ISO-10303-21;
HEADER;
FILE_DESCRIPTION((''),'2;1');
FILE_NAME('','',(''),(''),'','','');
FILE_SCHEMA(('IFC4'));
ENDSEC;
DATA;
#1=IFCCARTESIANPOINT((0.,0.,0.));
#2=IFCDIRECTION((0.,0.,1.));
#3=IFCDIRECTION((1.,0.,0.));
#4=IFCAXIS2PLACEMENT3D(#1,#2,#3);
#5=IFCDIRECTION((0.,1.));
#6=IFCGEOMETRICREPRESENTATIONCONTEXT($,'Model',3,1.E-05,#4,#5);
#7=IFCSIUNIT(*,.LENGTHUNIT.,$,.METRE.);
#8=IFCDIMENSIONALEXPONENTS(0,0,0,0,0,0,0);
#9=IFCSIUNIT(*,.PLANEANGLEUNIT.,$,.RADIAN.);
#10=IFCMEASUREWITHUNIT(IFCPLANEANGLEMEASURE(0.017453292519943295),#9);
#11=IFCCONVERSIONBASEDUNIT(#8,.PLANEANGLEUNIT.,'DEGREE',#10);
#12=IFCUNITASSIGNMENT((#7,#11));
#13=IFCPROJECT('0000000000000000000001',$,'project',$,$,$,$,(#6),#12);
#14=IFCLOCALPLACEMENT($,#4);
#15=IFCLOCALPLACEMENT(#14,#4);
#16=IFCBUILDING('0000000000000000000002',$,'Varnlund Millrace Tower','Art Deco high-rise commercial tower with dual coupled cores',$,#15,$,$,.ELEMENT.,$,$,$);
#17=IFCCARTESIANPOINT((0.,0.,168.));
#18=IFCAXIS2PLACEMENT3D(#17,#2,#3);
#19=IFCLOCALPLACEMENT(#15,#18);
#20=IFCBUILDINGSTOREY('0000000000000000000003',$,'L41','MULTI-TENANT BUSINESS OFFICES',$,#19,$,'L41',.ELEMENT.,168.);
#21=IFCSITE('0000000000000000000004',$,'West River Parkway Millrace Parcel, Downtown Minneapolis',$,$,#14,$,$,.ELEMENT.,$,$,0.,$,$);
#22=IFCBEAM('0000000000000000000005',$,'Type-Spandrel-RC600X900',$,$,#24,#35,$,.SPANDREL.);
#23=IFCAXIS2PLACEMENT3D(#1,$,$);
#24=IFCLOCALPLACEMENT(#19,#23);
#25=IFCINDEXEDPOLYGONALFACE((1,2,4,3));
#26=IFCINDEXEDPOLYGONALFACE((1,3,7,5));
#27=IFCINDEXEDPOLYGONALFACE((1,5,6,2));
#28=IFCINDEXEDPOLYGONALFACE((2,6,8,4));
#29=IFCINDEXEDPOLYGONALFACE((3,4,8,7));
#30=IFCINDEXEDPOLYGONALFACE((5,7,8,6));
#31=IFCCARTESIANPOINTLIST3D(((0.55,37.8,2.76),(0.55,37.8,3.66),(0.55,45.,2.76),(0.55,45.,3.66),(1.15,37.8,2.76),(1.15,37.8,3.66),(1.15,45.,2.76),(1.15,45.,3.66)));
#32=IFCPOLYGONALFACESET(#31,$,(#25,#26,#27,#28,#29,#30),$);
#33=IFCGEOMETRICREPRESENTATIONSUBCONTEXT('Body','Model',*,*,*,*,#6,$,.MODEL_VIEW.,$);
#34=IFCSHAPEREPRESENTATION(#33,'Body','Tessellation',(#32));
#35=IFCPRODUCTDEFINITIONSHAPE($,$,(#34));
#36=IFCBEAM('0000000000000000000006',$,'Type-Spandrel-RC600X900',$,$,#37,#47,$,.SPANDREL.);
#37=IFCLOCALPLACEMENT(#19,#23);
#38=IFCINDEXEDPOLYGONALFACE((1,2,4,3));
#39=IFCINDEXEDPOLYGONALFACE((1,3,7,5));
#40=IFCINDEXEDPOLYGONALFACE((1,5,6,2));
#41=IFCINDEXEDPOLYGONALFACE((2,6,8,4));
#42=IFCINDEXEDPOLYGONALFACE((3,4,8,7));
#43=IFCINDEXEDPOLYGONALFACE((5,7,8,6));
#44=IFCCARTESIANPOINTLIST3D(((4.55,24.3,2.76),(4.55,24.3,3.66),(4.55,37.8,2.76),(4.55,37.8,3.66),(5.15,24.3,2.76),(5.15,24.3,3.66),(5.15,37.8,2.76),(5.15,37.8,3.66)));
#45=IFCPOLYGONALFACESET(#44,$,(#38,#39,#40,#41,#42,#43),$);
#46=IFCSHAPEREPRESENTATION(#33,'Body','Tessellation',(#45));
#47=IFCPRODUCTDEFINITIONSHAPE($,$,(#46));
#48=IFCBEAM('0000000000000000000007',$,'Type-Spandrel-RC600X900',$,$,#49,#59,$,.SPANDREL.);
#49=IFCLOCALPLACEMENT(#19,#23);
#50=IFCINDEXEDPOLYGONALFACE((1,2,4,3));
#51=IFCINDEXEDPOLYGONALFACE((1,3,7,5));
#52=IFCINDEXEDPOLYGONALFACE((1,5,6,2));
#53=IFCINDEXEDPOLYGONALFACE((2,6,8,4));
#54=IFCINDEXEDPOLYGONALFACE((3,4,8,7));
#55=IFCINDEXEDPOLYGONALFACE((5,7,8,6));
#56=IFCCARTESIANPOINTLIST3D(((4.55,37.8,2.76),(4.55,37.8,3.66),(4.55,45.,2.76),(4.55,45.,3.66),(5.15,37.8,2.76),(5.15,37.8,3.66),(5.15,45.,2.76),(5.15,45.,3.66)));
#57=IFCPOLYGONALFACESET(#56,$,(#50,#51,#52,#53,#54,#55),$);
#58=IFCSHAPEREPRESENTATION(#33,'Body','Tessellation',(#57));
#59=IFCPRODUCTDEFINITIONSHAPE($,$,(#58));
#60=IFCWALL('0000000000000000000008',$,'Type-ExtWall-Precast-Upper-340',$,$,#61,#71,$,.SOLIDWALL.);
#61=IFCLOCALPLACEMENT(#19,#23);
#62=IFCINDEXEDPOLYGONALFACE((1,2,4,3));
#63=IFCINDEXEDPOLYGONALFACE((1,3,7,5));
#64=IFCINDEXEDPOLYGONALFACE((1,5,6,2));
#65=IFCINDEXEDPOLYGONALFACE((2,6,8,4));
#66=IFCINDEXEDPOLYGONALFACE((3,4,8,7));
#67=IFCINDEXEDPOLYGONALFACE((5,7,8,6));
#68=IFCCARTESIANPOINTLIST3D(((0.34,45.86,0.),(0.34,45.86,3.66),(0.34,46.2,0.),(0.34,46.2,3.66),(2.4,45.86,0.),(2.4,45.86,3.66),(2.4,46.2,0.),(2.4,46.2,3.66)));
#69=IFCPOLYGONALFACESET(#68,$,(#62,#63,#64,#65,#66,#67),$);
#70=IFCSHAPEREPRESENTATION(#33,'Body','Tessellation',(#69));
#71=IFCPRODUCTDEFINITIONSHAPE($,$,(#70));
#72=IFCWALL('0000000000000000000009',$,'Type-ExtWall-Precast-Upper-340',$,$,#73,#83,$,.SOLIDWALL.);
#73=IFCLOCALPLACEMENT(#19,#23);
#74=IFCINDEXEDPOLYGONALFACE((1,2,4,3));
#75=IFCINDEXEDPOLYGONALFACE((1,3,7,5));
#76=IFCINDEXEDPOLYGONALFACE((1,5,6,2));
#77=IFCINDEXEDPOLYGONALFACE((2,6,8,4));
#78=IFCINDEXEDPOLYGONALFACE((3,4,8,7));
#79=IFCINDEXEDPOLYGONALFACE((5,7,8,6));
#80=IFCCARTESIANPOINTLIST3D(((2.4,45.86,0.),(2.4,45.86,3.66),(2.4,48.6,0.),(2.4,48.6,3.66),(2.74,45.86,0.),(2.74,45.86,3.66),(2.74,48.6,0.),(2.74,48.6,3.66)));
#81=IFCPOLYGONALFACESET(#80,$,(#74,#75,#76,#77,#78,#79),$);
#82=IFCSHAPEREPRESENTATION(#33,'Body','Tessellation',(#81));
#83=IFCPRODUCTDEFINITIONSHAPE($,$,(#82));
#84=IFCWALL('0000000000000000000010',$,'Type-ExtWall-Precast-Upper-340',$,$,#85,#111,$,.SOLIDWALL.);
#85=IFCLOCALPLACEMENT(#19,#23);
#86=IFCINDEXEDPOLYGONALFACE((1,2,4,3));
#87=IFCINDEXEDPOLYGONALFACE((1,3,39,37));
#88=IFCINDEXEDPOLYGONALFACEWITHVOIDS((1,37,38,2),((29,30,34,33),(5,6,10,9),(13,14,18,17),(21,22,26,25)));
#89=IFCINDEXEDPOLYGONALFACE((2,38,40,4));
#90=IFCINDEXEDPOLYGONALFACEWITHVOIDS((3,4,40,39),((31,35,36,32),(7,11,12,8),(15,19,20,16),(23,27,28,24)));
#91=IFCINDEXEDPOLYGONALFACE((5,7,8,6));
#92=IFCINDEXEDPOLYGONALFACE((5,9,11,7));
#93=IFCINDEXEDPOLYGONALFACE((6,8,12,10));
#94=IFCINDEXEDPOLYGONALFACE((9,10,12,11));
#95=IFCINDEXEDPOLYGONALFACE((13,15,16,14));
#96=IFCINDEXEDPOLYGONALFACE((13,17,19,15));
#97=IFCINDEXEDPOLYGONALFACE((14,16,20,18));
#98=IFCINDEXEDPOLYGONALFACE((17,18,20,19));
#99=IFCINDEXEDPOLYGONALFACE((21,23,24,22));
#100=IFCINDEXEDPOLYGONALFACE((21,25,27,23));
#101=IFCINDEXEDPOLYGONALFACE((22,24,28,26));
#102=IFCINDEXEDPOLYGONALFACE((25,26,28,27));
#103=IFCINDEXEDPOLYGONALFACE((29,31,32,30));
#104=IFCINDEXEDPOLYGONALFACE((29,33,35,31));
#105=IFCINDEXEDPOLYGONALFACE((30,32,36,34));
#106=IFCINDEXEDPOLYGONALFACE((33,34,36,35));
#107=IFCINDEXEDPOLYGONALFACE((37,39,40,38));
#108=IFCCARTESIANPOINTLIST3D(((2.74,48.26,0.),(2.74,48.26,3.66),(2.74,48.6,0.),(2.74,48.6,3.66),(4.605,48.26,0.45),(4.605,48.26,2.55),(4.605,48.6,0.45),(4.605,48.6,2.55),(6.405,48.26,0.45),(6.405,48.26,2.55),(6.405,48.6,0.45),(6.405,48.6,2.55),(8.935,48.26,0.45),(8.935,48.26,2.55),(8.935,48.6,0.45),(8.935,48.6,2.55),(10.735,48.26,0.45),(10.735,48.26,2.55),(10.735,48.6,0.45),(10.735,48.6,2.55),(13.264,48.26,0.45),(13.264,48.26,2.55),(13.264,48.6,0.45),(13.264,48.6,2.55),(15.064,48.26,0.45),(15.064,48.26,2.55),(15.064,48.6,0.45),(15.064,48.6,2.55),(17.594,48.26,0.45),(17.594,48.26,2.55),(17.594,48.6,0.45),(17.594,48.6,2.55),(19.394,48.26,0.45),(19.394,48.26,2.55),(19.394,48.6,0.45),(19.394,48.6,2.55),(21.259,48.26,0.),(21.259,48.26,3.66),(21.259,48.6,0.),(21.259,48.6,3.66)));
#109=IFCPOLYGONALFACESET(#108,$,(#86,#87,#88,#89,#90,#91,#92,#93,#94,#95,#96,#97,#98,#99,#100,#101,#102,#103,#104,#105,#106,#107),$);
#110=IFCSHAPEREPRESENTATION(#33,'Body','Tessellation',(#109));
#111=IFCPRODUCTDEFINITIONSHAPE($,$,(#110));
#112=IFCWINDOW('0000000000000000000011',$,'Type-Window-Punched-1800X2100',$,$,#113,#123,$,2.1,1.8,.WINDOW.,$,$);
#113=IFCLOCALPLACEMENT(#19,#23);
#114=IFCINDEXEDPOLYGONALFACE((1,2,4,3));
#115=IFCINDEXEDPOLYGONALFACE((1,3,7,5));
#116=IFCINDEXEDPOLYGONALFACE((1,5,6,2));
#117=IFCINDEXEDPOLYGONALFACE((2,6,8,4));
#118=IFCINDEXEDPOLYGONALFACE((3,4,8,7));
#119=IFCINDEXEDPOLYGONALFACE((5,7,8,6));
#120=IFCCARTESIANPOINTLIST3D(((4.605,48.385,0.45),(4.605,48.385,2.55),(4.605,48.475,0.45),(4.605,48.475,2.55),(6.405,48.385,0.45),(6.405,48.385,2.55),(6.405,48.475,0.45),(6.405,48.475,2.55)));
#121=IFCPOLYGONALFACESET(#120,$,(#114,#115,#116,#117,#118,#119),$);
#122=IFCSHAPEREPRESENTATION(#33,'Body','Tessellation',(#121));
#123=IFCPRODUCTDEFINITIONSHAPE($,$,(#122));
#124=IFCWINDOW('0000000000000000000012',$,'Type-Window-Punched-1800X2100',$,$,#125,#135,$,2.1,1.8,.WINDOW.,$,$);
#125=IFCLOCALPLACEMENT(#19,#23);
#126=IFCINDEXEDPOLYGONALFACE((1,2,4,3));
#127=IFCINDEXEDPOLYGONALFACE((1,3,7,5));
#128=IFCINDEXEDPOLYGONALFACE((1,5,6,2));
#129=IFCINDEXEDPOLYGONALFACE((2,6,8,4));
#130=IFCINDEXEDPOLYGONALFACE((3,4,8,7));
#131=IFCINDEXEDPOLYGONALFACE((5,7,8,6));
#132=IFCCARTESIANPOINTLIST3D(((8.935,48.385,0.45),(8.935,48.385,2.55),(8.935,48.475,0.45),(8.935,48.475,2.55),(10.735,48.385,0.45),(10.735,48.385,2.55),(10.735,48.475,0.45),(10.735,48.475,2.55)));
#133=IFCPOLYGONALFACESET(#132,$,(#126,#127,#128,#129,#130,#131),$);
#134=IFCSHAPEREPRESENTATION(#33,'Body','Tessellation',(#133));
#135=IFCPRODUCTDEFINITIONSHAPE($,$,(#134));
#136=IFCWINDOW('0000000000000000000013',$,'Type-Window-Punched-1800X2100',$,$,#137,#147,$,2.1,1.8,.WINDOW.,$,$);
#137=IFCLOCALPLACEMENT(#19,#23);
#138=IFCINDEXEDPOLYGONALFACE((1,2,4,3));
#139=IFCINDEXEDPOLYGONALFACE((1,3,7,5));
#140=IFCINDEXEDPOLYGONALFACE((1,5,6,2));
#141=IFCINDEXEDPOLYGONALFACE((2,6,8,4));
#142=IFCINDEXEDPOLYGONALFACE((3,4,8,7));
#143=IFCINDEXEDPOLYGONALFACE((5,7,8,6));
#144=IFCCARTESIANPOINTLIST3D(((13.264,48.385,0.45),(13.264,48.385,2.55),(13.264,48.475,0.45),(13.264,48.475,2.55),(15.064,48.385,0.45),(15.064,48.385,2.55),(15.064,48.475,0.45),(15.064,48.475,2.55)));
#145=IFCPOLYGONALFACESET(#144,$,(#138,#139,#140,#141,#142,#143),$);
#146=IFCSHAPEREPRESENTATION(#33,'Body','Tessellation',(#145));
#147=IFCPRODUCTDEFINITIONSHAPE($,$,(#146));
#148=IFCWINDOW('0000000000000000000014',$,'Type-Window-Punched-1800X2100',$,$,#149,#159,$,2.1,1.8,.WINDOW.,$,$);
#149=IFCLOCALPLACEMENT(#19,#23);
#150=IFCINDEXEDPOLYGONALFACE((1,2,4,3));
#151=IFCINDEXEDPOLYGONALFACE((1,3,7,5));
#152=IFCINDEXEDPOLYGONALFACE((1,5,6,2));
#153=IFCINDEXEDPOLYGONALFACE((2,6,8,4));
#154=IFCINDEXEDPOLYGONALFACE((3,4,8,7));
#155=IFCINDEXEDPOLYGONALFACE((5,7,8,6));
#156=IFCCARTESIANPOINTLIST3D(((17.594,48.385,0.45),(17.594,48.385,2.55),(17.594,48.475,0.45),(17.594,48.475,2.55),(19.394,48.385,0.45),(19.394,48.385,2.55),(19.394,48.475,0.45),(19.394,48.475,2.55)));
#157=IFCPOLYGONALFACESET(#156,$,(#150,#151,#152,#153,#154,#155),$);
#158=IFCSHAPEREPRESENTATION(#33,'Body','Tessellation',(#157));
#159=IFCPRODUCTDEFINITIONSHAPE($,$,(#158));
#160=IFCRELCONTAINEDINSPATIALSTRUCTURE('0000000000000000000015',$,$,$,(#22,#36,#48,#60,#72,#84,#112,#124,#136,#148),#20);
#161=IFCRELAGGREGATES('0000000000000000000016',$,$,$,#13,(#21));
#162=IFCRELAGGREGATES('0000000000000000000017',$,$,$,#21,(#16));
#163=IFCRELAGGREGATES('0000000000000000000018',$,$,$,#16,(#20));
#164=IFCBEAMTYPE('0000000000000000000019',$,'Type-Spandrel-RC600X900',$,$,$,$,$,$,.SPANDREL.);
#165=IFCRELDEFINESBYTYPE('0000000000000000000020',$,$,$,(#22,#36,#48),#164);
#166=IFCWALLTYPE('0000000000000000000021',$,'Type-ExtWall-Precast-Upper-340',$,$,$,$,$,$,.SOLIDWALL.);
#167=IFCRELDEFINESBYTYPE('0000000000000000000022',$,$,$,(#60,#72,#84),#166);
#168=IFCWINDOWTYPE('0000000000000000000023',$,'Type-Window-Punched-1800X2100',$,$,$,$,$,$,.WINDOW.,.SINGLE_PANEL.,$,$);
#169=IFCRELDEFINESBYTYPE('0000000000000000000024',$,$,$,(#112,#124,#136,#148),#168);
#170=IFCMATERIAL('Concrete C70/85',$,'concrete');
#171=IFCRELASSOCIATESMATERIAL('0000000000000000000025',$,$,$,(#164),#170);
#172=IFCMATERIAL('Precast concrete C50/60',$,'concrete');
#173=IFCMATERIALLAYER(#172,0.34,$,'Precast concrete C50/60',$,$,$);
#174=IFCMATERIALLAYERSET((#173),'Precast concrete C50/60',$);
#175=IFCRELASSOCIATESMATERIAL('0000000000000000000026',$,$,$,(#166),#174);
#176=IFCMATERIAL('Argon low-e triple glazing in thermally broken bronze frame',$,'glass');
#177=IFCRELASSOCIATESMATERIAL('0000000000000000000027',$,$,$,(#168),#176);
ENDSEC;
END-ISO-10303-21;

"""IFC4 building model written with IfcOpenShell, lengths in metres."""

from ifc_helpers import new_model, entity, si_unit, converted_unit, direction, frame, origin_with_axes, origin_2d_with_axis, place, context, subcontext, project, spatial, polyline, rectangle, outline, extrude, material, layer, layer_set, material_profile, profile_set, type_object, element, fill, save


model = new_model("IFC4")

# Units and contexts
model_context = context("Model", 3, precision=1e-05, world=origin_with_axes(), true_north=direction((0.0, 1.0)))
body_context = subcontext(model_context, "Body", "Model", "MODEL_VIEW")
ifc_project = project(units=[si_unit("LENGTHUNIT", "METRE"), converted_unit("PLANEANGLEUNIT", "DEGREE", entity("IfcPlaneAngleMeasure", 0.017453292519943295), si_unit("PLANEANGLEUNIT", "RADIAN"), dimensions=[0, 0, 0, 0, 0, 0, 0])], contexts=[model_context])

# Site, building, storey
site_placement = place(None, origin_with_axes())
site = spatial("IfcSite", under=ifc_project, at=site_placement, Name="West River Parkway Millrace Parcel, Downtown Minneapolis", CompositionType="ELEMENT", RefElevation=0.0)
building_placement = place(site_placement, origin_with_axes())
building = spatial("IfcBuilding", under=site, at=building_placement, Name="Varnlund Millrace Tower", Description="Art Deco high-rise commercial tower with dual coupled cores", CompositionType="ELEMENT")
storey_placement = place(building_placement, frame((0.0, 0.0, 168.0), z_axis=(0.0, 0.0, 1.0), x_axis=(1.0, 0.0, 0.0)))
storey = spatial("IfcBuildingStorey", under=building, at=storey_placement, Name="L41", Description="MULTI-TENANT BUSINESS OFFICES", LongName="L41", CompositionType="ELEMENT", Elevation=168.0)

# Beams
ifc_material_1 = material(Name="Concrete C70/85", Category="concrete")
ifc_material_profile_1 = material_profile(ifc_material_1, rectangle(XDim=0.6, YDim=0.9, at=origin_2d_with_axis()), Name="Concrete C70/85")
ifc_profile_set_1 = profile_set([ifc_material_profile_1], Name="Concrete C70/85")
beam_type_1 = type_object("IfcBeamType", Name="Type-Spandrel-RC600X900", PredefinedType="SPANDREL", material=ifc_profile_set_1)
beam_1_placement = place(storey_placement, frame((0.85, 37.8, 3.21), z_axis=(0.0, 1.0, 0.0), x_axis=(-1.0, 0.0, 0.0)))
element("IfcBeam", 1, at=beam_1_placement, inside=storey, type_object=beam_type_1, Name="Type-Spandrel-RC600X900", PredefinedType="SPANDREL", context=body_context, shape_type="SweptSolid", body=[
    extrude(rectangle(XDim=0.6, YDim=0.9, at=origin_2d_with_axis()), origin_with_axes(), (0.0, 0.0, 1.0), 7.2),
])
beam_2_placement = place(storey_placement, frame((4.85, 24.3, 3.21), z_axis=(0.0, 1.0, 0.0), x_axis=(-1.0, 0.0, 0.0)))
element("IfcBeam", 2, at=beam_2_placement, inside=storey, type_object=beam_type_1, Name="Type-Spandrel-RC600X900", PredefinedType="SPANDREL", context=body_context, shape_type="SweptSolid", body=[
    extrude(rectangle(XDim=0.6, YDim=0.9, at=origin_2d_with_axis()), origin_with_axes(), (0.0, 0.0, 1.0), 13.5),
])
beam_3_placement = place(storey_placement, frame((4.85, 37.8, 3.21), z_axis=(0.0, 1.0, 0.0), x_axis=(-1.0, 0.0, 0.0)))
element("IfcBeam", 3, at=beam_3_placement, inside=storey, type_object=beam_type_1, Name="Type-Spandrel-RC600X900", PredefinedType="SPANDREL", context=body_context, shape_type="SweptSolid", body=[
    extrude(rectangle(XDim=0.6, YDim=0.9, at=origin_2d_with_axis()), origin_with_axes(), (0.0, 0.0, 1.0), 7.2),
])

# Walls
ifc_material_2 = material(Name="Precast concrete C50/60", Category="concrete")
ifc_layer = layer(ifc_material_2, 0.34, Name="Precast concrete C50/60")
ifc_layer_set = layer_set([ifc_layer], Name="Precast concrete C50/60")
wall_type = type_object("IfcWallType", Name="Type-ExtWall-Precast-Upper-340", PredefinedType="SOLIDWALL", material=ifc_layer_set)
wall_1_placement = place(storey_placement, frame((0.34, 46.03, 0.0), z_axis=(0.0, 0.0, 1.0), x_axis=(1.0, 0.0, 0.0)))
element("IfcWall", 4, at=wall_1_placement, inside=storey, type_object=wall_type, Name="Type-ExtWall-Precast-Upper-340", PredefinedType="SOLIDWALL", context=body_context, shape_type="SweptSolid", body=[
    extrude(outline(polyline([(0.0, -0.17), (2.06, -0.17), (2.06, 0.17), (0.0, 0.17), (0.0, -0.17)])), origin_with_axes(), (0.0, 0.0, 1.0), 3.66),
])
wall_2_placement = place(storey_placement, frame((2.57, 45.86, 0.0), z_axis=(0.0, 0.0, 1.0), x_axis=(0.0, 1.0, 0.0)))
element("IfcWall", 5, at=wall_2_placement, inside=storey, type_object=wall_type, Name="Type-ExtWall-Precast-Upper-340", PredefinedType="SOLIDWALL", context=body_context, shape_type="SweptSolid", body=[
    extrude(outline(polyline([(0.0, -0.17), (2.74, -0.17), (2.74, 0.17), (0.0, 0.17), (0.0, -0.17)])), origin_with_axes(), (0.0, 0.0, 1.0), 3.66),
])

# Wall, openings, windows
wall_3_placement = place(storey_placement, frame((2.74, 48.43, 0.0), z_axis=(0.0, 0.0, 1.0), x_axis=(1.0, 0.0, 0.0)))
wall_3 = element("IfcWall", 6, at=wall_3_placement, inside=storey, type_object=wall_type, Name="Type-ExtWall-Precast-Upper-340", PredefinedType="SOLIDWALL", context=body_context, shape_type="SweptSolid", body=[
    extrude(outline(polyline([(0.0, -0.17), (18.519, -0.17), (18.519, 0.17), (0.0, 0.17), (0.0, -0.17)])), origin_with_axes(), (0.0, 0.0, 1.0), 3.66),
])
opening_1_placement = place(wall_3_placement, frame((2.765, 0.0, 0.45), z_axis=(0.0, 0.0, 1.0), x_axis=(1.0, 0.0, 0.0)))
opening_1 = element("IfcOpeningElement", 7, at=opening_1_placement, cuts=wall_3, PredefinedType="OPENING", context=body_context, shape_type="SweptSolid", body=[
    extrude(rectangle(XDim=1.8, YDim=0.36, at=origin_2d_with_axis()), origin_with_axes(), (0.0, 0.0, 1.0), 2.1),
])
opening_2_placement = place(wall_3_placement, frame((7.095, 0.0, 0.45), z_axis=(0.0, 0.0, 1.0), x_axis=(1.0, 0.0, 0.0)))
opening_2 = element("IfcOpeningElement", 8, at=opening_2_placement, cuts=wall_3, PredefinedType="OPENING", context=body_context, shape_type="SweptSolid", body=[
    extrude(rectangle(XDim=1.8, YDim=0.36, at=origin_2d_with_axis()), origin_with_axes(), (0.0, 0.0, 1.0), 2.1),
])
opening_3_placement = place(wall_3_placement, frame((11.424, 0.0, 0.45), z_axis=(0.0, 0.0, 1.0), x_axis=(1.0, 0.0, 0.0)))
opening_3 = element("IfcOpeningElement", 9, at=opening_3_placement, cuts=wall_3, PredefinedType="OPENING", context=body_context, shape_type="SweptSolid", body=[
    extrude(rectangle(XDim=1.8, YDim=0.36, at=origin_2d_with_axis()), origin_with_axes(), (0.0, 0.0, 1.0), 2.1),
])
opening_4_placement = place(wall_3_placement, frame((15.754, 0.0, 0.45), z_axis=(0.0, 0.0, 1.0), x_axis=(1.0, 0.0, 0.0)))
opening_4 = element("IfcOpeningElement", 10, at=opening_4_placement, cuts=wall_3, PredefinedType="OPENING", context=body_context, shape_type="SweptSolid", body=[
    extrude(rectangle(XDim=1.8, YDim=0.36, at=origin_2d_with_axis()), origin_with_axes(), (0.0, 0.0, 1.0), 2.1),
])
ifc_material_3 = material(Name="Argon low-e triple glazing in thermally broken bronze frame", Category="glass")
window_type = type_object("IfcWindowType", Name="Type-Window-Punched-1800X2100", PartitioningType="SINGLE_PANEL", PredefinedType="WINDOW", material=ifc_material_3)
window_1_placement = place(wall_3_placement, frame((2.765, 0.0, 0.45), z_axis=(0.0, 0.0, 1.0), x_axis=(1.0, 0.0, 0.0)))
window_1 = element("IfcWindow", 11, at=window_1_placement, inside=storey, type_object=window_type, Name="Type-Window-Punched-1800X2100", OverallHeight=2.1, OverallWidth=1.8, PredefinedType="WINDOW", context=body_context, shape_type="SweptSolid", body=[
    extrude(rectangle(XDim=1.8, YDim=0.09, at=origin_2d_with_axis()), origin_with_axes(), (0.0, 0.0, 1.0), 2.1),
])
fill(opening_1, window_1)
window_2_placement = place(wall_3_placement, frame((7.095, 0.0, 0.45), z_axis=(0.0, 0.0, 1.0), x_axis=(1.0, 0.0, 0.0)))
window_2 = element("IfcWindow", 12, at=window_2_placement, inside=storey, type_object=window_type, Name="Type-Window-Punched-1800X2100", OverallHeight=2.1, OverallWidth=1.8, PredefinedType="WINDOW", context=body_context, shape_type="SweptSolid", body=[
    extrude(rectangle(XDim=1.8, YDim=0.09, at=origin_2d_with_axis()), origin_with_axes(), (0.0, 0.0, 1.0), 2.1),
])
fill(opening_2, window_2)
window_3_placement = place(wall_3_placement, frame((11.424, 0.0, 0.45), z_axis=(0.0, 0.0, 1.0), x_axis=(1.0, 0.0, 0.0)))
window_3 = element("IfcWindow", 13, at=window_3_placement, inside=storey, type_object=window_type, Name="Type-Window-Punched-1800X2100", OverallHeight=2.1, OverallWidth=1.8, PredefinedType="WINDOW", context=body_context, shape_type="SweptSolid", body=[
    extrude(rectangle(XDim=1.8, YDim=0.09, at=origin_2d_with_axis()), origin_with_axes(), (0.0, 0.0, 1.0), 2.1),
])
fill(opening_3, window_3)
window_4_placement = place(wall_3_placement, frame((15.754, 0.0, 0.45), z_axis=(0.0, 0.0, 1.0), x_axis=(1.0, 0.0, 0.0)))
window_4 = element("IfcWindow", 14, at=window_4_placement, inside=storey, type_object=window_type, Name="Type-Window-Punched-1800X2100", OverallHeight=2.1, OverallWidth=1.8, PredefinedType="WINDOW", context=body_context, shape_type="SweptSolid", body=[
    extrude(rectangle(XDim=1.8, YDim=0.09, at=origin_2d_with_axis()), origin_with_axes(), (0.0, 0.0, 1.0), 2.1),
])
fill(opening_4, window_4)

save(model, "model.ifc")
